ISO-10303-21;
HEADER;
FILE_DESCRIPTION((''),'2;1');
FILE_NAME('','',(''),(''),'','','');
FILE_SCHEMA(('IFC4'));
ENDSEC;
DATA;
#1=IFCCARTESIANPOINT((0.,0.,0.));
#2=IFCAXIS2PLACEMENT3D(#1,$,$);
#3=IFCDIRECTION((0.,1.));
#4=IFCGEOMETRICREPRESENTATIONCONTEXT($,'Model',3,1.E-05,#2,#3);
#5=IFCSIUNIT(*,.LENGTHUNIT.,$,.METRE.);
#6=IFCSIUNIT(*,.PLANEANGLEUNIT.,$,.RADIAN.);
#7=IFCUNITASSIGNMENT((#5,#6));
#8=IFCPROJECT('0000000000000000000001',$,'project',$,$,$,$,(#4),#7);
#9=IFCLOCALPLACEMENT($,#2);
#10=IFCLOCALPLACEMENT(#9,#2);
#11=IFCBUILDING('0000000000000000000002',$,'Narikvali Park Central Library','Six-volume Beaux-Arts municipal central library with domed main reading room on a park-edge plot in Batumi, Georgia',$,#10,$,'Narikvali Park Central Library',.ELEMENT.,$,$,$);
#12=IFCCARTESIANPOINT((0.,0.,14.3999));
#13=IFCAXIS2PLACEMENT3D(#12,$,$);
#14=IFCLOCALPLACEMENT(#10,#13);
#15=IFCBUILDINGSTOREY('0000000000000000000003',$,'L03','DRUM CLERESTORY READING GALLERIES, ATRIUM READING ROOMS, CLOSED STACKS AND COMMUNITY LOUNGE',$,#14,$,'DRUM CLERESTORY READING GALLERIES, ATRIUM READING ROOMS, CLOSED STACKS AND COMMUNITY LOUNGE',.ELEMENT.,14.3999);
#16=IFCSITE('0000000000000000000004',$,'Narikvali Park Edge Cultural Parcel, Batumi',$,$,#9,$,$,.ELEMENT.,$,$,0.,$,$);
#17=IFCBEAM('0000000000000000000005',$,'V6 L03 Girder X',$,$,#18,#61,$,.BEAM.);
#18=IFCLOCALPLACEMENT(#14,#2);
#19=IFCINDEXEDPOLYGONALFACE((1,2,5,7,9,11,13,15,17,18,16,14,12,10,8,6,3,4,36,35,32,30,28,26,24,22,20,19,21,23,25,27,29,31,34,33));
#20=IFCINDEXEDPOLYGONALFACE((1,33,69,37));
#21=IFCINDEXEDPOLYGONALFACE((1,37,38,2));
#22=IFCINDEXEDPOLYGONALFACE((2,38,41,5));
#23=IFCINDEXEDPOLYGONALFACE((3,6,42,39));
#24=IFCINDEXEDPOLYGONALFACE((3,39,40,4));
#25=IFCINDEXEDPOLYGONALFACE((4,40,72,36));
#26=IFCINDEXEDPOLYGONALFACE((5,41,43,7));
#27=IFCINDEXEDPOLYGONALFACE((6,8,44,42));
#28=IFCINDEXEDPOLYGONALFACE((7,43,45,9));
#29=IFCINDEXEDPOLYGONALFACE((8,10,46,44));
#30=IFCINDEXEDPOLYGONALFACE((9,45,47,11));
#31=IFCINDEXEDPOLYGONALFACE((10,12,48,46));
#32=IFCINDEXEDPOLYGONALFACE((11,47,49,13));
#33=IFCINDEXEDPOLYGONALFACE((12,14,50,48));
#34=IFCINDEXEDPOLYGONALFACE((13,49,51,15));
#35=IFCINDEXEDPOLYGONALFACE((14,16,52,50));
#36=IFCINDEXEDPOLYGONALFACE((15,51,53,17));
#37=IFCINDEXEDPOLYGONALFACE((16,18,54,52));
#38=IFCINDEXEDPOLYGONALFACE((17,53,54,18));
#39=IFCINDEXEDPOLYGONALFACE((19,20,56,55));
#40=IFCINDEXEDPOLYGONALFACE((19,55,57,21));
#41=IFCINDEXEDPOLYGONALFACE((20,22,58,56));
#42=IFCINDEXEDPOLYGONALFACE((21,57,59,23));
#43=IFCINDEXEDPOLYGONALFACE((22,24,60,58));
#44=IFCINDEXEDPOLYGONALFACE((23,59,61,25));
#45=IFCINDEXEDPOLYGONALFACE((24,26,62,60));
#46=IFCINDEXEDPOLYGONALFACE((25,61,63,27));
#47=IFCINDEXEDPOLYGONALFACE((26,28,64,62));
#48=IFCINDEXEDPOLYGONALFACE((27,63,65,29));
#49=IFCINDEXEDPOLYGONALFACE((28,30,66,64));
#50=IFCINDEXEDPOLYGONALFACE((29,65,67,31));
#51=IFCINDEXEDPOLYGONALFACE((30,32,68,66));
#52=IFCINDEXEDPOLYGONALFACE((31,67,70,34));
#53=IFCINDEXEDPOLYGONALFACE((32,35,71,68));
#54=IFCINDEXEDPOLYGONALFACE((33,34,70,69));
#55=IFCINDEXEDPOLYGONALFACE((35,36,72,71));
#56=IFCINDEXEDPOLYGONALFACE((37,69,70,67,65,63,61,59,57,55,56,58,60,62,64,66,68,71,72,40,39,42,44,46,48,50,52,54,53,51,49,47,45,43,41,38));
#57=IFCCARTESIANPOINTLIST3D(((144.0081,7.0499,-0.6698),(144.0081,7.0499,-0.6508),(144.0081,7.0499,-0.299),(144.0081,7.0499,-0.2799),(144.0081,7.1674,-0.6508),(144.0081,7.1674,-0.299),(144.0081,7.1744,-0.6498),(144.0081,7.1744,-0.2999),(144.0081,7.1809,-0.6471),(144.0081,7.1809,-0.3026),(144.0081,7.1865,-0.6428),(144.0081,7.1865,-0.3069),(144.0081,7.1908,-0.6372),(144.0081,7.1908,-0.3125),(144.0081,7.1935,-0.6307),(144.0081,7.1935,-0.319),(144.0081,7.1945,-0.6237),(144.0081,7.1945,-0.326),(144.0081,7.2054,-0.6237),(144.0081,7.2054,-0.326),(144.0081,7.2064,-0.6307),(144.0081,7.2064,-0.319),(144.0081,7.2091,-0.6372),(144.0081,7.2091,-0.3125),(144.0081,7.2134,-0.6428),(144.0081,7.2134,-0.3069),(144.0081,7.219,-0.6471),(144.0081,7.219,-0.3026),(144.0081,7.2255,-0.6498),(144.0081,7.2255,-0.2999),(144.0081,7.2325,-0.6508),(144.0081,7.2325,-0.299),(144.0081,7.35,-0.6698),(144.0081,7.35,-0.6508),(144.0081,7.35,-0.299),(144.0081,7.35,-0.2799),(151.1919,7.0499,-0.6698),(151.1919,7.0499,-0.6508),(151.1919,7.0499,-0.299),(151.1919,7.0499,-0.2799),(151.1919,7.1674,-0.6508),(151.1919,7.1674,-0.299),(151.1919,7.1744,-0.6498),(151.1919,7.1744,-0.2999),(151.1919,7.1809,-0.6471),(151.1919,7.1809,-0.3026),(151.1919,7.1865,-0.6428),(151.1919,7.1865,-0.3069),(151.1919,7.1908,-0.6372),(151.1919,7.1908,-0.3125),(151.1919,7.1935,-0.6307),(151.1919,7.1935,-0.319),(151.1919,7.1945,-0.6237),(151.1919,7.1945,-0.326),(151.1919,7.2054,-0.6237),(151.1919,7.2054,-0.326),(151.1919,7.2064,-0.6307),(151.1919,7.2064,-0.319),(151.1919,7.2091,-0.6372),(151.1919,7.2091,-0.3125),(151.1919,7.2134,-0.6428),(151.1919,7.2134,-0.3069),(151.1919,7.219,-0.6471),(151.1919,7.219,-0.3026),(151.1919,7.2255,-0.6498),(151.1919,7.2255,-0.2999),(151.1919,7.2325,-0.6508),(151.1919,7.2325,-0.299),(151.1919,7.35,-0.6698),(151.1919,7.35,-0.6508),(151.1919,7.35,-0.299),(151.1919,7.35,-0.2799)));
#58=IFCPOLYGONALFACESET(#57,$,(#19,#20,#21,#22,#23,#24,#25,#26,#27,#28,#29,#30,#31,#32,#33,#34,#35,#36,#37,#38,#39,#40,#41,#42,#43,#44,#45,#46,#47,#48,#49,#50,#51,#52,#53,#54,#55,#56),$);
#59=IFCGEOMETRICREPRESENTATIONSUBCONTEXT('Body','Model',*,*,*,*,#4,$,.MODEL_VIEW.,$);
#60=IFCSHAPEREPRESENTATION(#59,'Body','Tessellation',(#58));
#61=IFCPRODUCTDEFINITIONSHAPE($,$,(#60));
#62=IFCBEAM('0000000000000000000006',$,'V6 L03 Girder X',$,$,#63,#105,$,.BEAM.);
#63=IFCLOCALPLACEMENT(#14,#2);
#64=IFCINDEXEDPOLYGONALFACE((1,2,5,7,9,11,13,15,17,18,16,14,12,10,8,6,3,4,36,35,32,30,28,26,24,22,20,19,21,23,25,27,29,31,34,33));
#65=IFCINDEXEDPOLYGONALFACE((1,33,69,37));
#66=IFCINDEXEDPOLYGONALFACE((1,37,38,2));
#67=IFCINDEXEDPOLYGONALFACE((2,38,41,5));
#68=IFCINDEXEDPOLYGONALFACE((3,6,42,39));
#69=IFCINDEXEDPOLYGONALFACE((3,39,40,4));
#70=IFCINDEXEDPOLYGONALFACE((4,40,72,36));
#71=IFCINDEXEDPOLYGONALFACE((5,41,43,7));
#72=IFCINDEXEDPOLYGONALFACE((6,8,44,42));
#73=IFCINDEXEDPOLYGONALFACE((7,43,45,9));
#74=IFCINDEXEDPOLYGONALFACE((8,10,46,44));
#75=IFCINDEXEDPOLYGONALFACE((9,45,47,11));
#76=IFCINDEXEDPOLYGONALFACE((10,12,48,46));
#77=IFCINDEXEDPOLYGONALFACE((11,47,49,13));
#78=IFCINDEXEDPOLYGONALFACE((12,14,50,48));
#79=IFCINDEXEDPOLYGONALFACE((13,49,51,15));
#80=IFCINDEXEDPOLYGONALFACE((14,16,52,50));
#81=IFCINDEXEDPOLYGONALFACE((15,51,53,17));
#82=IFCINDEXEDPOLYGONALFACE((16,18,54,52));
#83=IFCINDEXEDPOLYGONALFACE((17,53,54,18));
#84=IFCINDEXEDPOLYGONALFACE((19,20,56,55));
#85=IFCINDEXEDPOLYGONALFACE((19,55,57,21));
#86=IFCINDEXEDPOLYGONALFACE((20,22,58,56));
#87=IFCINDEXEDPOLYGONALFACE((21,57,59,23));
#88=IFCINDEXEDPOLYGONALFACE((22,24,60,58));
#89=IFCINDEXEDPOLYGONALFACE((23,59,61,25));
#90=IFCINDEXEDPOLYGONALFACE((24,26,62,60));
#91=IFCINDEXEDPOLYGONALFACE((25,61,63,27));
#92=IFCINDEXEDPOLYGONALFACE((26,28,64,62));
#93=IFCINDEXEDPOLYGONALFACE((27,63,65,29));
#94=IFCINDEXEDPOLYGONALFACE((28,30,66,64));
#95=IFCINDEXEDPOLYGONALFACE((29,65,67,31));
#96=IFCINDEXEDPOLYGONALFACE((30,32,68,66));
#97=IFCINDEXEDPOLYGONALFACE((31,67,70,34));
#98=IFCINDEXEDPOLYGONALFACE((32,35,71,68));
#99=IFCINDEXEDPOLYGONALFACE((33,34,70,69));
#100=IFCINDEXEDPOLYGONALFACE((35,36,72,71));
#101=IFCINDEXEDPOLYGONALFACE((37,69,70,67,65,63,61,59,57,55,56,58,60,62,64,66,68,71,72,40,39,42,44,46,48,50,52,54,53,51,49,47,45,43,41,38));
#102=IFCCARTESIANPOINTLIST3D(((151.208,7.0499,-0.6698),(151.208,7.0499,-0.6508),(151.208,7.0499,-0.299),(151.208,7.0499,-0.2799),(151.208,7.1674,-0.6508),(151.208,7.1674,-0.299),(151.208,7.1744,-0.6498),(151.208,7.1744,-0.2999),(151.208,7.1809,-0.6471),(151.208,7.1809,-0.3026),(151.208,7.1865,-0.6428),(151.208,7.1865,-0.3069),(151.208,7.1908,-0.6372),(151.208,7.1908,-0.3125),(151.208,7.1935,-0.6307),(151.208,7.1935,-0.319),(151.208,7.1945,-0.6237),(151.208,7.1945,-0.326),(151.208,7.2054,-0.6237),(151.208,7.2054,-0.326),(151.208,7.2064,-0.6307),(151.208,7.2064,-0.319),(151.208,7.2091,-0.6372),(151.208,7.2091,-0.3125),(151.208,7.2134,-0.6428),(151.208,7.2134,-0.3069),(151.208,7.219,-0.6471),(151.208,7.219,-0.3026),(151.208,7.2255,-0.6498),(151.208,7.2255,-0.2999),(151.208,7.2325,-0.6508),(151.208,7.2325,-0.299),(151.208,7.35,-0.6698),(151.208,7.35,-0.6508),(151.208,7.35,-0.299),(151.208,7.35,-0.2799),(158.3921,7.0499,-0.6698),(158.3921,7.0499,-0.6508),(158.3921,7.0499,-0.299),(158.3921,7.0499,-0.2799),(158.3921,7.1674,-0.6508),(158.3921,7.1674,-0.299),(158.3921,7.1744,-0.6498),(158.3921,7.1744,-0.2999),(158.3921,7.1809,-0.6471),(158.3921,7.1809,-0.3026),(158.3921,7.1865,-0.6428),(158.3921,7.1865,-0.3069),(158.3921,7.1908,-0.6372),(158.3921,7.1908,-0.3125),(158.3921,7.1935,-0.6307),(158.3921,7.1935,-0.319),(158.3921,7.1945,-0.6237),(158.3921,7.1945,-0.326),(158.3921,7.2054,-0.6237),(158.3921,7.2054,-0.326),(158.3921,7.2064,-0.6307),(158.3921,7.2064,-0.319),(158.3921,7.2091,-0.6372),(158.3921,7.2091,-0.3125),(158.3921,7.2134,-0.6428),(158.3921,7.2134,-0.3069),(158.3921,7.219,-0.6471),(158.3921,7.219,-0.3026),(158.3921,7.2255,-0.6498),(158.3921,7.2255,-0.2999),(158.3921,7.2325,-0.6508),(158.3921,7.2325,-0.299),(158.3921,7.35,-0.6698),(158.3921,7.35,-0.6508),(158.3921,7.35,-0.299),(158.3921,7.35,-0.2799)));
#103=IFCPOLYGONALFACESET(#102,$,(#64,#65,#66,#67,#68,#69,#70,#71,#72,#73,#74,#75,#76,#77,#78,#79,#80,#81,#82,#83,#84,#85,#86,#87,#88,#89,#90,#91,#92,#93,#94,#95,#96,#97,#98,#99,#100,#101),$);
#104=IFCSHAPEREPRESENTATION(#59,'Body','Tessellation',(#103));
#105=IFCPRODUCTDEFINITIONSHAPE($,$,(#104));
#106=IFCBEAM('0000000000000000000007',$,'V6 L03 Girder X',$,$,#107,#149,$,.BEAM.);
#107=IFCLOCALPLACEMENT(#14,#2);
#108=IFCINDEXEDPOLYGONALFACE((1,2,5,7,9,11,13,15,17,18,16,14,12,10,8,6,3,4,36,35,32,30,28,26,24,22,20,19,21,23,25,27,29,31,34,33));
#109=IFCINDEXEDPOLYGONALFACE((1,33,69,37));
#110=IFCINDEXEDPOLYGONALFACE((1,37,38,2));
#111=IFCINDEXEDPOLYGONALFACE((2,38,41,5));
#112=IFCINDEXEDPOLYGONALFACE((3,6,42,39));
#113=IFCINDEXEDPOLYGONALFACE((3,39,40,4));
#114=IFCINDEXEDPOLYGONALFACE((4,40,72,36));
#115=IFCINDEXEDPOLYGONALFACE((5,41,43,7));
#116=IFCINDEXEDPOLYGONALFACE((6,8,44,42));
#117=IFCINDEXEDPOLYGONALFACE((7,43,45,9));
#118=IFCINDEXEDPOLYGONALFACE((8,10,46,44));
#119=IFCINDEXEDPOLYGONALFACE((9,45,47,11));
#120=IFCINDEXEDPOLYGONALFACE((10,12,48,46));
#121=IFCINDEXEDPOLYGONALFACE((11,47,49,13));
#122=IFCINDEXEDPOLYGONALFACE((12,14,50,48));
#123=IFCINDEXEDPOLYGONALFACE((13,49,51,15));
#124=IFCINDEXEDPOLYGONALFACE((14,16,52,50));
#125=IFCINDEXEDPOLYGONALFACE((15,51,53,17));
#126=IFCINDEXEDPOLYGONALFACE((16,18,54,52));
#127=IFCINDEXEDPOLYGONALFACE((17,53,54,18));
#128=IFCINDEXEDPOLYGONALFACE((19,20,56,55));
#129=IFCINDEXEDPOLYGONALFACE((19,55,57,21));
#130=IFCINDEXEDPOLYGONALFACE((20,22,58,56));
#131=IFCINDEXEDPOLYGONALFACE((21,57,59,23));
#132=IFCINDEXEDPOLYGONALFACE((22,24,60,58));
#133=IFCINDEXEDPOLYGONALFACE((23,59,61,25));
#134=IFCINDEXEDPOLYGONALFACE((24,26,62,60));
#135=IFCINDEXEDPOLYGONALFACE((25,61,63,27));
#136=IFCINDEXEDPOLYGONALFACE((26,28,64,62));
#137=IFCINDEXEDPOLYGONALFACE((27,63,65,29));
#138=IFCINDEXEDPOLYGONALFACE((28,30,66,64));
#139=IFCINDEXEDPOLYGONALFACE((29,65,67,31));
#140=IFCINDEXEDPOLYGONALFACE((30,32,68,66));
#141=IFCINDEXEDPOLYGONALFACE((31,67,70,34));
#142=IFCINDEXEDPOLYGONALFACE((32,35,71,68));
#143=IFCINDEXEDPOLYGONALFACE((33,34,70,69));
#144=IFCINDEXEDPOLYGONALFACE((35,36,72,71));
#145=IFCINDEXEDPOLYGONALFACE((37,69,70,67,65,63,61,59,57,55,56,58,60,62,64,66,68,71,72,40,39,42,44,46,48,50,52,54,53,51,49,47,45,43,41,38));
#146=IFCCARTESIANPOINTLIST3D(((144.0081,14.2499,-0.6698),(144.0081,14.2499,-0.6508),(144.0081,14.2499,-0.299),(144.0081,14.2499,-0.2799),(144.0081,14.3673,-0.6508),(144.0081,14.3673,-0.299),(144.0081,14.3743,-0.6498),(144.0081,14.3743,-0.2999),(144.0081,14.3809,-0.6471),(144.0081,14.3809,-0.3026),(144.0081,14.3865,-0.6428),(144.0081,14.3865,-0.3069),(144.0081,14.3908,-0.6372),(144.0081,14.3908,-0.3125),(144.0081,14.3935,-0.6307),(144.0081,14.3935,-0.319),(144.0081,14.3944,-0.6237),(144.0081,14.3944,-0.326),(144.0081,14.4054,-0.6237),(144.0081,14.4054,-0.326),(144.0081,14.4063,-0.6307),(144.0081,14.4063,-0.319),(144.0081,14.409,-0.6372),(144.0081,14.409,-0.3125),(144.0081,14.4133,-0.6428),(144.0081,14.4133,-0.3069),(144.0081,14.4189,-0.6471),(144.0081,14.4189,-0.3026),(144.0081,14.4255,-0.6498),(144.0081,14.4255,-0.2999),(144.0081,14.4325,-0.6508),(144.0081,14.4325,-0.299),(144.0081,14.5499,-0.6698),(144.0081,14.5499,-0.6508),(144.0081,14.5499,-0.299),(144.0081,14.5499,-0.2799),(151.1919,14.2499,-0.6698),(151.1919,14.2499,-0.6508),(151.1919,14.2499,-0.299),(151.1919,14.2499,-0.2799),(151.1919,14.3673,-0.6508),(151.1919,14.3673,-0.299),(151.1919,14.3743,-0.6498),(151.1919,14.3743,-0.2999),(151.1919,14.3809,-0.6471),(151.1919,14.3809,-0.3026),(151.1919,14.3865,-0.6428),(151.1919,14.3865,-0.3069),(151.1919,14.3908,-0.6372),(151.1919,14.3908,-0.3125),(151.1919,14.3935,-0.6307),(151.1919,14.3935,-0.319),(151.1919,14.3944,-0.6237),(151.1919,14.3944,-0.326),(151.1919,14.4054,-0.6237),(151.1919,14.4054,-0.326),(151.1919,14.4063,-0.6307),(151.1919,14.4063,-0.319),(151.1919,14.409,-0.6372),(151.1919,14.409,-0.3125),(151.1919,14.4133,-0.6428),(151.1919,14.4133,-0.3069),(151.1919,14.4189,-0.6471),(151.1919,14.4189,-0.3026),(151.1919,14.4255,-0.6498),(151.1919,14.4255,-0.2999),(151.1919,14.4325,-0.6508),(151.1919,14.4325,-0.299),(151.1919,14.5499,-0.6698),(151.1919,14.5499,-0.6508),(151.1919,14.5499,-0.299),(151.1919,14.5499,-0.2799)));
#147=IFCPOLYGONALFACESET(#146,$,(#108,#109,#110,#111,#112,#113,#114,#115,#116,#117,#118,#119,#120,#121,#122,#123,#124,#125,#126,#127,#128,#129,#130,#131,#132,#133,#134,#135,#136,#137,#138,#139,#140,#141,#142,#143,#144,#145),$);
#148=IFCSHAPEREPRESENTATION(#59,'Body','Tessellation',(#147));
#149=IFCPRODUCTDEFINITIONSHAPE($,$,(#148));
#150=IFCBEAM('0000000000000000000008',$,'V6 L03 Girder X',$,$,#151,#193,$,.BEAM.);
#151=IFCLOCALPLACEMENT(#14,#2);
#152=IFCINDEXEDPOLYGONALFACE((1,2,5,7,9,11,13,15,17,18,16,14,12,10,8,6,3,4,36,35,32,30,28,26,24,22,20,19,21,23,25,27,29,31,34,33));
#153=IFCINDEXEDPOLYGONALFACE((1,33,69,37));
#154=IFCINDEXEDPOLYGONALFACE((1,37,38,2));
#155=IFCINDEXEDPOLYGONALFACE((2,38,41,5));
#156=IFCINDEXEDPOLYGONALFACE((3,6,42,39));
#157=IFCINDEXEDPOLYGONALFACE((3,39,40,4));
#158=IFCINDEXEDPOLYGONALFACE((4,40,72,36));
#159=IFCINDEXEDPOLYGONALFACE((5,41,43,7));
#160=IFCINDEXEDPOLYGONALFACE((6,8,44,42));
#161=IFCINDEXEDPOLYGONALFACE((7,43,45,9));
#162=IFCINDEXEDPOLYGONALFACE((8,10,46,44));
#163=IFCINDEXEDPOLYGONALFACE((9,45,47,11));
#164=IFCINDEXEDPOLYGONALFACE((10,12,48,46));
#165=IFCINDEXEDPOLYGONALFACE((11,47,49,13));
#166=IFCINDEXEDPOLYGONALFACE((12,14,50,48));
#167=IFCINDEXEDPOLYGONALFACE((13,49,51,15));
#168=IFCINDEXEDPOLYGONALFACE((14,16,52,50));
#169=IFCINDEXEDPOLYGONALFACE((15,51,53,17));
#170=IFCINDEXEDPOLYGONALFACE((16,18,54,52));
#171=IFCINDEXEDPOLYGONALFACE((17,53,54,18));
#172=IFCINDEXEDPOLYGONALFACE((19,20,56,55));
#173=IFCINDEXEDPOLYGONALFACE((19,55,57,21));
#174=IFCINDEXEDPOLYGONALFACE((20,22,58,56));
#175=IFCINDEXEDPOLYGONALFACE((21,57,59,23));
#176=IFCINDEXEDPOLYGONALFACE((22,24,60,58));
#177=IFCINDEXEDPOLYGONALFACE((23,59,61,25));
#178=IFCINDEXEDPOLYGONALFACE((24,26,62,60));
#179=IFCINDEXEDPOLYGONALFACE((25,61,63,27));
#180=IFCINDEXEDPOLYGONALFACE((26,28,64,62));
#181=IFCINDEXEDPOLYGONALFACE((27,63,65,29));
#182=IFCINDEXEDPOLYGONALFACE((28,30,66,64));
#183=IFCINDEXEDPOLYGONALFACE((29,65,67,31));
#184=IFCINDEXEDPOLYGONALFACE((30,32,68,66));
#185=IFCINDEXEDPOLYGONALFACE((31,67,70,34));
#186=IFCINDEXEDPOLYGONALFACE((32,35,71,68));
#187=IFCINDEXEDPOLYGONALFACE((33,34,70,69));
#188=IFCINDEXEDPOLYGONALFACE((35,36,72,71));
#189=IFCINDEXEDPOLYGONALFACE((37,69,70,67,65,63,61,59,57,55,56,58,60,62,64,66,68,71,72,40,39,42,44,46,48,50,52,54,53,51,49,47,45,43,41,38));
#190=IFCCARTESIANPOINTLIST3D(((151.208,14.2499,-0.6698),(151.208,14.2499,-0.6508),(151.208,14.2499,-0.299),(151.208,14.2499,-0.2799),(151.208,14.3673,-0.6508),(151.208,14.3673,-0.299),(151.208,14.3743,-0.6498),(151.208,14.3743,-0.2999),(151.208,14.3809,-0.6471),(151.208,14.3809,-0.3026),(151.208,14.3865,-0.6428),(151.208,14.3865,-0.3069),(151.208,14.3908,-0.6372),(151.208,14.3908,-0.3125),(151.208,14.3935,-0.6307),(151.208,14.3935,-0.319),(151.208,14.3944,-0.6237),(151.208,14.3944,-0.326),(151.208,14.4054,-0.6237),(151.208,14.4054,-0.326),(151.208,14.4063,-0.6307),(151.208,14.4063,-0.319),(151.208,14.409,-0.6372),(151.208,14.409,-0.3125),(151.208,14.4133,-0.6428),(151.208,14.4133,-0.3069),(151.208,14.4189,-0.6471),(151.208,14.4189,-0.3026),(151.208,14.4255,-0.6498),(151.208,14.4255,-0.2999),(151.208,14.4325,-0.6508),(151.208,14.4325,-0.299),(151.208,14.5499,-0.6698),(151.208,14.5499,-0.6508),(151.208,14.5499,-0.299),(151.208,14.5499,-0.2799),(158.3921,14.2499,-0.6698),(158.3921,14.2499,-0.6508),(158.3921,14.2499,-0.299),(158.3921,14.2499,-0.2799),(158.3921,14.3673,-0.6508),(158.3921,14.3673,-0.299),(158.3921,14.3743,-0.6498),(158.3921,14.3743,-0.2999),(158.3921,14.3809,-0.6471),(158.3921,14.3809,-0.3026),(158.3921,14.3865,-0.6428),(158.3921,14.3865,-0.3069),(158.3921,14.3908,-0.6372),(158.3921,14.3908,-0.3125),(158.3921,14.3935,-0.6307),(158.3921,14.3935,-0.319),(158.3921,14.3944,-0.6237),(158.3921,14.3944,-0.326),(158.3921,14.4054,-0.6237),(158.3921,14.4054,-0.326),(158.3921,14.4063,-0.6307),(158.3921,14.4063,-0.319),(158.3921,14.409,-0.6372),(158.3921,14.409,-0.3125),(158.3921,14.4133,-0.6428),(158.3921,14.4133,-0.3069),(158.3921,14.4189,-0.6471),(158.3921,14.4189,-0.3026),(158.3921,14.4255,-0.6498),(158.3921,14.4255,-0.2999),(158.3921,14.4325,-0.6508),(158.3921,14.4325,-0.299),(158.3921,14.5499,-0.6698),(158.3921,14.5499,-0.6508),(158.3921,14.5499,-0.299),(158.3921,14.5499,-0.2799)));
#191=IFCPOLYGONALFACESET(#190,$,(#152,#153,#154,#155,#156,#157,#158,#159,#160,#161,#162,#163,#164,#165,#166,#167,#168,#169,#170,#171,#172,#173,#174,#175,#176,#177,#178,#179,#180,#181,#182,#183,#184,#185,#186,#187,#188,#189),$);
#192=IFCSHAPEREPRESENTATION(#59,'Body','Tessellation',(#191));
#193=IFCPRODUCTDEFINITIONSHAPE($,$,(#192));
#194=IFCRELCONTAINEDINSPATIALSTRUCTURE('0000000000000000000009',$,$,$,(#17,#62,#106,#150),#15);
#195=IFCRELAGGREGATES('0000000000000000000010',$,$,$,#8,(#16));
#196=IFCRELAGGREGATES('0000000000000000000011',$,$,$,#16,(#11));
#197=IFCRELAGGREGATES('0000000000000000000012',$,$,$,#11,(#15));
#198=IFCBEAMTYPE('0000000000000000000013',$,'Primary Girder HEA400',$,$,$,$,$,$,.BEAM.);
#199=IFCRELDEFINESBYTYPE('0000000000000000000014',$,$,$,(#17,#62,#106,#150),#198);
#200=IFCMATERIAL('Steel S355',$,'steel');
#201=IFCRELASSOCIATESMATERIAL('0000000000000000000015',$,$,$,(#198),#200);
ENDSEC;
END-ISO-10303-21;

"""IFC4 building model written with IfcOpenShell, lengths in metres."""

from ifc_helpers import new_model, si_unit, direction, frame, origin, origin_2d, place, context, subcontext, project, spatial, i_section, extrude, material, material_profile, profile_set, type_object, element, save


model = new_model("IFC4")

# Units and contexts
model_context = context("Model", 3, precision=1e-05, world=origin(), true_north=direction((0.0, 1.0)))
body_context = subcontext(model_context, "Body", "Model", "MODEL_VIEW")
ifc_project = project(units=[si_unit("LENGTHUNIT", "METRE"), si_unit("PLANEANGLEUNIT", "RADIAN")], contexts=[model_context])

# Site, building, storey
site_placement = place(None, origin())
site = spatial("IfcSite", under=ifc_project, at=site_placement, Name="Narikvali Park Edge Cultural Parcel, Batumi", CompositionType="ELEMENT", RefElevation=0.0)
building_placement = place(site_placement, origin())
building = spatial("IfcBuilding", under=site, at=building_placement, Name="Narikvali Park Central Library", Description="Six-volume Beaux-Arts municipal central library with domed main reading room on a park-edge plot in Batumi, Georgia", LongName="Narikvali Park Central Library", CompositionType="ELEMENT")
storey_placement = place(building_placement, frame((0.0, 0.0, 14.3999)))
storey = spatial("IfcBuildingStorey", under=building, at=storey_placement, Name="L03", Description="DRUM CLERESTORY READING GALLERIES, ATRIUM READING ROOMS, CLOSED STACKS AND COMMUNITY LOUNGE", LongName="DRUM CLERESTORY READING GALLERIES, ATRIUM READING ROOMS, CLOSED STACKS AND COMMUNITY LOUNGE", CompositionType="ELEMENT", Elevation=14.3999)

# Shared definitions
ifc_material_1 = material(Name="Steel S355", Category="steel")

# Beams
ifc_material_profile_1 = material_profile(ifc_material_1, i_section(OverallWidth=0.3, OverallDepth=0.3899, WebThickness=0.011, FlangeThickness=0.019, FilletRadius=0.0271, at=origin_2d()), Name="HEA 400")
ifc_profile_set_1 = profile_set([ifc_material_profile_1], Name="Steel S355")
beam_type_1 = type_object("IfcBeamType", Name="Primary Girder HEA400", PredefinedType="BEAM", material=ifc_profile_set_1)
beam_1_placement = place(storey_placement, frame((144.0081, 7.2, -0.4749), z_axis=(1.0, 0.0, 0.0), x_axis=(0.0, 1.0, 0.0)))
element("IfcBeam", 1, at=beam_1_placement, inside=storey, type_object=beam_type_1, Name="V6 L03 Girder X", PredefinedType="BEAM", context=body_context, shape_type="SweptSolid", body=[
    extrude(i_section(OverallWidth=0.3, OverallDepth=0.3899, WebThickness=0.011, FlangeThickness=0.019, FilletRadius=0.0271, at=origin_2d()), origin(), (0.0, 0.0, 1.0), 7.1838),
])
beam_2_placement = place(storey_placement, frame((151.208, 7.2, -0.4749), z_axis=(1.0, 0.0, 0.0), x_axis=(0.0, 1.0, 0.0)))
element("IfcBeam", 2, at=beam_2_placement, inside=storey, type_object=beam_type_1, Name="V6 L03 Girder X", PredefinedType="BEAM", context=body_context, shape_type="SweptSolid", body=[
    extrude(i_section(OverallWidth=0.3, OverallDepth=0.3899, WebThickness=0.011, FlangeThickness=0.019, FilletRadius=0.0271, at=origin_2d()), origin(), (0.0, 0.0, 1.0), 7.1841),
])
beam_3_placement = place(storey_placement, frame((144.0081, 14.3999, -0.4749), z_axis=(1.0, 0.0, 0.0), x_axis=(0.0, 1.0, 0.0)))
element("IfcBeam", 3, at=beam_3_placement, inside=storey, type_object=beam_type_1, Name="V6 L03 Girder X", PredefinedType="BEAM", context=body_context, shape_type="SweptSolid", body=[
    extrude(i_section(OverallWidth=0.3, OverallDepth=0.3899, WebThickness=0.011, FlangeThickness=0.019, FilletRadius=0.0271, at=origin_2d()), origin(), (0.0, 0.0, 1.0), 7.1838),
])
beam_4_placement = place(storey_placement, frame((151.208, 14.3999, -0.4749), z_axis=(1.0, 0.0, 0.0), x_axis=(0.0, 1.0, 0.0)))
element("IfcBeam", 4, at=beam_4_placement, inside=storey, type_object=beam_type_1, Name="V6 L03 Girder X", PredefinedType="BEAM", context=body_context, shape_type="SweptSolid", body=[
    extrude(i_section(OverallWidth=0.3, OverallDepth=0.3899, WebThickness=0.011, FlangeThickness=0.019, FilletRadius=0.0271, at=origin_2d()), origin(), (0.0, 0.0, 1.0), 7.1841),
])

save(model, "model.ifc")
